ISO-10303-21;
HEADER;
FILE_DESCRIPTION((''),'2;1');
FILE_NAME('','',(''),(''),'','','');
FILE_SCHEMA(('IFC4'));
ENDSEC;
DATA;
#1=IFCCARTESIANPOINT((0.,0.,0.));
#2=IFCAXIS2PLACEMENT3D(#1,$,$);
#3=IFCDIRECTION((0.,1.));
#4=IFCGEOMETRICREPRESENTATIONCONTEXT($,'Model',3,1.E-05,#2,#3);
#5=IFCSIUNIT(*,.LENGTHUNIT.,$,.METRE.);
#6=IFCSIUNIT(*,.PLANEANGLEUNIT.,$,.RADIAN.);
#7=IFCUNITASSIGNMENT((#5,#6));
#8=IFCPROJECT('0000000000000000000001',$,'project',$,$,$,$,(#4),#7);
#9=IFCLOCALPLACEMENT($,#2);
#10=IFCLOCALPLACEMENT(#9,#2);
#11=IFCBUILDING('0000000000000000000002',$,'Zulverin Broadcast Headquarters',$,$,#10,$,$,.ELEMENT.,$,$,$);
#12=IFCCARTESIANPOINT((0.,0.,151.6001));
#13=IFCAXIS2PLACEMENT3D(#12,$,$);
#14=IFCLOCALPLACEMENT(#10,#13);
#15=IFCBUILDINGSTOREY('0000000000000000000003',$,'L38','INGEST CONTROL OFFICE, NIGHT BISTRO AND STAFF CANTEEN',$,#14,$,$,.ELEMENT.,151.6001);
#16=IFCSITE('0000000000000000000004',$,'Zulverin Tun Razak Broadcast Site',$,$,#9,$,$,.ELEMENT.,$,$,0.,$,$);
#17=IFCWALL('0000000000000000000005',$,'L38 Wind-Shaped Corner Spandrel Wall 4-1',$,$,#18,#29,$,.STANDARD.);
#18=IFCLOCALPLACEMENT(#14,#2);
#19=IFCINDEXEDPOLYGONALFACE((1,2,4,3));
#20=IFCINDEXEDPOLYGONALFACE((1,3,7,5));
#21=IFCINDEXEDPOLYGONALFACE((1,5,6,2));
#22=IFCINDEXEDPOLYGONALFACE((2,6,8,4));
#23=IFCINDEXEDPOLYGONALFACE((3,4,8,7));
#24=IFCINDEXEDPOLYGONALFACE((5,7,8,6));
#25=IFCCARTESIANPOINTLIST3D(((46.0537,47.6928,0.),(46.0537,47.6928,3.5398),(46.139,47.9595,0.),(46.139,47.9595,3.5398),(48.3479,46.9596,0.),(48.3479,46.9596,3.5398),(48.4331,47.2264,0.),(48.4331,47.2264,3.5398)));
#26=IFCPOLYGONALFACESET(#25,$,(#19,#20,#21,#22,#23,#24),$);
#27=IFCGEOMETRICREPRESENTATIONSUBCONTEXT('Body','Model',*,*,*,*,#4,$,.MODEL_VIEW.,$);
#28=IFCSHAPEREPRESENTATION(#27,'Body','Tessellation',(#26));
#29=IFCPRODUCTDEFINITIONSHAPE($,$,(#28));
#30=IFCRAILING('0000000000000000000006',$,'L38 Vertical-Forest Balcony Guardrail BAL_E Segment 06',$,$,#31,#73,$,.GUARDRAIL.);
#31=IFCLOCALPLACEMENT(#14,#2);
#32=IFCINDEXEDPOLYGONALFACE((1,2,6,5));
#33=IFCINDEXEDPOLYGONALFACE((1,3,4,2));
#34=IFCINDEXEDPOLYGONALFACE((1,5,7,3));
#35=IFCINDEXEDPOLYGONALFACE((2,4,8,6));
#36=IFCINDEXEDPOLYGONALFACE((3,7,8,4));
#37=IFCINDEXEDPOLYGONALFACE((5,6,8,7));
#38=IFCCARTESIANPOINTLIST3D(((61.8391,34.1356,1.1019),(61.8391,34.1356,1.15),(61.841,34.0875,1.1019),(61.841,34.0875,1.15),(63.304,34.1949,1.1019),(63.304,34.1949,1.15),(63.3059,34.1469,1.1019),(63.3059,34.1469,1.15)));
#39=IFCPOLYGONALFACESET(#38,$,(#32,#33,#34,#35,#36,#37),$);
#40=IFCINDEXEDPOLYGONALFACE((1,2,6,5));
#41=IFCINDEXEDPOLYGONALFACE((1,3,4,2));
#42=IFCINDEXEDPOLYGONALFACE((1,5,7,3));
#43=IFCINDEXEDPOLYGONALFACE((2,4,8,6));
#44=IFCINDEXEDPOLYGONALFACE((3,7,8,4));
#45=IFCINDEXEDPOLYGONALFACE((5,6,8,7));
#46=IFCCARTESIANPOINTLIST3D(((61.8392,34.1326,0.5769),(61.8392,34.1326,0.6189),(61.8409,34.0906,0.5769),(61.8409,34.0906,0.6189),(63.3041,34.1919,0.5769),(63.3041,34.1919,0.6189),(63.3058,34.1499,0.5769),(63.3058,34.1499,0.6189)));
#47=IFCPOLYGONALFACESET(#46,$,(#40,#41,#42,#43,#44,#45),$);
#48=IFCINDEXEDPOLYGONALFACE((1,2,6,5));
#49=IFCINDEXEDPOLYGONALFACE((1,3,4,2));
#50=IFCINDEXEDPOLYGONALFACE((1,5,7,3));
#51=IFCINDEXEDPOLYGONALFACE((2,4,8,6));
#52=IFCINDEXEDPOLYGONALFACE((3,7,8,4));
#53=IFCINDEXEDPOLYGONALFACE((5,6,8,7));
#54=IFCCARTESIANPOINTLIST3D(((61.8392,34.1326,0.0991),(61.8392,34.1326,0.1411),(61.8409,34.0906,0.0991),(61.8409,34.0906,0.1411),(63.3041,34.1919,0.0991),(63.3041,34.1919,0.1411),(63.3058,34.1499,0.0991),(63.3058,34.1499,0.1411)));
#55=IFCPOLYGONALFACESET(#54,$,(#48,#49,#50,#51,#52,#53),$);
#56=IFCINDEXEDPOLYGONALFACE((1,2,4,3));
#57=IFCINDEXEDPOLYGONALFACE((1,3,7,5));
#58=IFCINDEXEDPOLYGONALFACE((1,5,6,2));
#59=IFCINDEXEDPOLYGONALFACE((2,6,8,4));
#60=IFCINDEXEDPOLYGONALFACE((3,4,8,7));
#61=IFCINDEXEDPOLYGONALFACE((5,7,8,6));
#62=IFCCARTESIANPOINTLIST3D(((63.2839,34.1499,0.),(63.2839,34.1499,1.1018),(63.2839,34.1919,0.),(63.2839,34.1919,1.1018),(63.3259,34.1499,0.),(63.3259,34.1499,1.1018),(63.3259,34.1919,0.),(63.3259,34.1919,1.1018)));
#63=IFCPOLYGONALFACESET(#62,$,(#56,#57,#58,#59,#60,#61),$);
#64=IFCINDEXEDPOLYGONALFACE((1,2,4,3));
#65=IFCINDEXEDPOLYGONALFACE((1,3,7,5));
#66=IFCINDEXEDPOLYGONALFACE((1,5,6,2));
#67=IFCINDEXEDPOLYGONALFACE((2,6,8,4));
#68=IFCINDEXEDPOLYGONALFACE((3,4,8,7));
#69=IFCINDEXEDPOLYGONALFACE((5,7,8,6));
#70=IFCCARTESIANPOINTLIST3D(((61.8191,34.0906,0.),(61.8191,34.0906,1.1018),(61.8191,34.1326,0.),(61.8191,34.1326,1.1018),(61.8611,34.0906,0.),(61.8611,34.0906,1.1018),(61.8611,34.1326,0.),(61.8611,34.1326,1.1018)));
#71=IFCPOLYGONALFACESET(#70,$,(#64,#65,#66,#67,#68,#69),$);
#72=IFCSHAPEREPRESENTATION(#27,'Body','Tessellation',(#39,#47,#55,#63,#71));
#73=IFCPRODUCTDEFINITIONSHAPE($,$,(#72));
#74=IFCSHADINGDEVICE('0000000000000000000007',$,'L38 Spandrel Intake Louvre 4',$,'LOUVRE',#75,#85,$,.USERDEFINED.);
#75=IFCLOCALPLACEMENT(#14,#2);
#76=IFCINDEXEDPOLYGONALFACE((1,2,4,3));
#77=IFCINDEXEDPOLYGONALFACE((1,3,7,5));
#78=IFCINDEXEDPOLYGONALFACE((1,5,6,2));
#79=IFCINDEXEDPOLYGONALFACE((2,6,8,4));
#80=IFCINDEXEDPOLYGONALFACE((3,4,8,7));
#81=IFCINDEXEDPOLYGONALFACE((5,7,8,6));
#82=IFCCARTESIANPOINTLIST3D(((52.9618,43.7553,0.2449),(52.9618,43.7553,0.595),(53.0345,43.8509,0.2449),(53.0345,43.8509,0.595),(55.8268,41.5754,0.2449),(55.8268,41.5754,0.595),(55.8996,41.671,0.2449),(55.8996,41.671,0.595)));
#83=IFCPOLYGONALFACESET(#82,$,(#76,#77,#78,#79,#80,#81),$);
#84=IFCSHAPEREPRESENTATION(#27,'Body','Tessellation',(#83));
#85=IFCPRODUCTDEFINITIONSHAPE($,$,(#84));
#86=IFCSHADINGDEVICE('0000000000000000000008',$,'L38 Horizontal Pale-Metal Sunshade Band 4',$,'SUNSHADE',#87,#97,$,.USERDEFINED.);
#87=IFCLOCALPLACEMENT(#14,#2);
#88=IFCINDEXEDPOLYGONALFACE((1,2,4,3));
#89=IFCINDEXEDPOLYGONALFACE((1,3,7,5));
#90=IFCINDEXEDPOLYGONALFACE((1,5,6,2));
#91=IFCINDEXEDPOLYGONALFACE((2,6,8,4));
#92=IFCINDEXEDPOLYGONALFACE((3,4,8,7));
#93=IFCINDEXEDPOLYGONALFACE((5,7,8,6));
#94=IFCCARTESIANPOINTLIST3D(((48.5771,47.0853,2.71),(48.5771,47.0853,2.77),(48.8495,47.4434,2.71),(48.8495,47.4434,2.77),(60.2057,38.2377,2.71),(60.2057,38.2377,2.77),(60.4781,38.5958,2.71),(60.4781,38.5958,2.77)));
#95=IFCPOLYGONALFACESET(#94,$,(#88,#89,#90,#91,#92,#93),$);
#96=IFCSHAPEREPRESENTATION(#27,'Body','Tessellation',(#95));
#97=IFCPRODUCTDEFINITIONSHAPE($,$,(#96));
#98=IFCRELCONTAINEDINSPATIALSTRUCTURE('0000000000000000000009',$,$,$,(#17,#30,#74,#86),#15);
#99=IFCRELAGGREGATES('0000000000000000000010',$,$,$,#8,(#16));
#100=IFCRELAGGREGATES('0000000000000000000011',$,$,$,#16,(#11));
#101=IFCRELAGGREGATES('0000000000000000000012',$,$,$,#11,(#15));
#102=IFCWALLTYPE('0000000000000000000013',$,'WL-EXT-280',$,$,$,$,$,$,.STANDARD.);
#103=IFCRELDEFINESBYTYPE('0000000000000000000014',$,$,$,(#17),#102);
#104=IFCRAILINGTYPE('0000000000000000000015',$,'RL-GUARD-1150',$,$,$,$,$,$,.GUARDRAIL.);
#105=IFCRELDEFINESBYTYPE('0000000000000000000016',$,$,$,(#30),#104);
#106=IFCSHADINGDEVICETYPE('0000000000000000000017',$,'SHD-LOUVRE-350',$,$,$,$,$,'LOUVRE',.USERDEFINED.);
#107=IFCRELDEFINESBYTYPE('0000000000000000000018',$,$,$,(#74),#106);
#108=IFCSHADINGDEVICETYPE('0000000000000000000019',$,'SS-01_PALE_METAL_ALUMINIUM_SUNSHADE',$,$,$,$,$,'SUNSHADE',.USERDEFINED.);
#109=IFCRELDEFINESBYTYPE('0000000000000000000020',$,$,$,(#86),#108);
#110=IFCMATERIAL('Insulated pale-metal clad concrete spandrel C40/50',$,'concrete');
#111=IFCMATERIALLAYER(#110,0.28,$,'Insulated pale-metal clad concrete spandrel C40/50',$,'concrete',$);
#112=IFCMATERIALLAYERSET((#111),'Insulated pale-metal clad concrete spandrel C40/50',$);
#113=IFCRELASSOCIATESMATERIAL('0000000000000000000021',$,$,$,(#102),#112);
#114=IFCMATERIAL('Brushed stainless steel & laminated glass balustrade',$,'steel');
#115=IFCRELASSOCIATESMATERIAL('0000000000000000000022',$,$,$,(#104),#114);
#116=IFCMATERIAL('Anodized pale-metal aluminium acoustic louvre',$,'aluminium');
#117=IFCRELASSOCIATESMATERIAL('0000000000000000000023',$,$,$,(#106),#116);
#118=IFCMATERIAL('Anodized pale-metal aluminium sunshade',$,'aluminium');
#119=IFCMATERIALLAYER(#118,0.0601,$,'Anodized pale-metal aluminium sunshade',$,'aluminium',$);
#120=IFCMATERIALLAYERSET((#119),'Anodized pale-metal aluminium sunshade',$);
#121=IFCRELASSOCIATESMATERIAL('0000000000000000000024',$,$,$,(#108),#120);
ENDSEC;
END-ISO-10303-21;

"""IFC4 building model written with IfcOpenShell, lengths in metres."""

from ifc_helpers import new_model, si_unit, direction, frame, frame_2d, origin, origin_2d, place, context, subcontext, project, spatial, rectangle, extrude, material, layer, layer_set, type_object, element, save


model = new_model("IFC4")

# Units and contexts
model_context = context("Model", 3, precision=1e-05, world=origin(), true_north=direction((0.0, 1.0)))
body_context = subcontext(model_context, "Body", "Model", "MODEL_VIEW")
ifc_project = project(units=[si_unit("LENGTHUNIT", "METRE"), si_unit("PLANEANGLEUNIT", "RADIAN")], contexts=[model_context])

# Site, building, storey
site_placement = place(None, origin())
site = spatial("IfcSite", under=ifc_project, at=site_placement, Name="Zulverin Tun Razak Broadcast Site", CompositionType="ELEMENT", RefElevation=0.0)
building_placement = place(site_placement, origin())
building = spatial("IfcBuilding", under=site, at=building_placement, Name="Zulverin Broadcast Headquarters", CompositionType="ELEMENT")
storey_placement = place(building_placement, frame((0.0, 0.0, 151.6001)))
storey = spatial("IfcBuildingStorey", under=building, at=storey_placement, Name="L38", Description="INGEST CONTROL OFFICE, NIGHT BISTRO AND STAFF CANTEEN", CompositionType="ELEMENT", Elevation=151.6001)

# Shared definitions
ifc_material_1 = material(Name="Insulated pale-metal clad concrete spandrel C40/50", Category="concrete")
ifc_layer_1 = layer(ifc_material_1, 0.28, Name="Insulated pale-metal clad concrete spandrel C40/50", Category="concrete")
ifc_layer_set_1 = layer_set([ifc_layer_1], Name="Insulated pale-metal clad concrete spandrel C40/50")
wall_type = type_object("IfcWallType", Name="WL-EXT-280", PredefinedType="STANDARD", material=ifc_layer_set_1)

# Wall
wall_1_placement = place(storey_placement, frame((48.3904, 47.093, 0.0), z_axis=(0.0, 0.0, 1.0), x_axis=(-0.952543, 0.304404, 0.0)))
element("IfcWall", 1, at=wall_1_placement, inside=storey, type_object=wall_type, Name="L38 Wind-Shaped Corner Spandrel Wall 4-1", PredefinedType="STANDARD", context=body_context, shape_type="SweptSolid", body=[
    extrude(rectangle(XDim=2.4084, YDim=0.28, at=frame_2d((1.2041, 0.0))), origin(), (0.0, 0.0, 1.0), 3.5398),
])

# Railing
ifc_material_2 = material(Name="Brushed stainless steel & laminated glass balustrade", Category="steel")
railing_type = type_object("IfcRailingType", Name="RL-GUARD-1150", PredefinedType="GUARDRAIL", material=ifc_material_2)
railing_placement = place(storey_placement, frame((63.3049, 34.1709, 0.0)))
element("IfcRailing", 2, at=railing_placement, inside=storey, type_object=railing_type, Name="L38 Vertical-Forest Balcony Guardrail BAL_E Segment 06", PredefinedType="GUARDRAIL", context=body_context, shape_type="SweptSolid", body=[
    extrude(rectangle(XDim=0.0481, YDim=0.0481, at=origin_2d()), frame((0.0, 0.0, 1.126), z_axis=(-0.999181, -0.040467, 0.0), x_axis=(0.040467, -0.999181, 0.0)), (0.0, 0.0, 1.0), 1.4661),
    extrude(rectangle(XDim=0.042, YDim=0.042, at=origin_2d()), frame((0.0, 0.0, 0.5979), z_axis=(-0.999181, -0.040467, 0.0), x_axis=(0.040467, -0.999181, 0.0)), (0.0, 0.0, 1.0), 1.4661),
    extrude(rectangle(XDim=0.042, YDim=0.042, at=origin_2d()), frame((0.0, 0.0, 0.1201), z_axis=(-0.999181, -0.040467, 0.0), x_axis=(0.040467, -0.999181, 0.0)), (0.0, 0.0, 1.0), 1.4661),
    extrude(rectangle(XDim=0.042, YDim=0.042, at=origin_2d()), origin(), (0.0, 0.0, 1.0), 1.1018),
    extrude(rectangle(XDim=0.042, YDim=0.042, at=origin_2d()), frame((-1.4648, -0.0593, 0.0)), (0.0, 0.0, 1.0), 1.1018),
])

# Shading devices
ifc_material_3 = material(Name="Anodized pale-metal aluminium acoustic louvre", Category="aluminium")
shading_device_type_1 = type_object("IfcShadingDeviceType", Name="SHD-LOUVRE-350", ElementType="LOUVRE", PredefinedType="USERDEFINED", material=ifc_material_3)
shading_device_1_placement = place(storey_placement, frame((54.4307, 42.7131, 0.2449), z_axis=(0.0, 0.0, 1.0), x_axis=(-0.795836, 0.605512, 0.0)))
element("IfcShadingDevice", 3, at=shading_device_1_placement, inside=storey, type_object=shading_device_type_1, Name="L38 Spandrel Intake Louvre 4", ObjectType="LOUVRE", PredefinedType="USERDEFINED", context=body_context, shape_type="SweptSolid", body=[
    extrude(rectangle(XDim=3.6001, YDim=0.1201, at=origin_2d()), origin(), (0.0, 0.0, 1.0), 0.3501),
])
ifc_material_4 = material(Name="Anodized pale-metal aluminium sunshade", Category="aluminium")
ifc_layer_2 = layer(ifc_material_4, 0.0601, Name="Anodized pale-metal aluminium sunshade", Category="aluminium")
ifc_layer_set_2 = layer_set([ifc_layer_2], Name="Anodized pale-metal aluminium sunshade")
shading_device_type_2 = type_object("IfcShadingDeviceType", Name="SS-01_PALE_METAL_ALUMINIUM_SUNSHADE", ElementType="SUNSHADE", PredefinedType="USERDEFINED", material=ifc_layer_set_2)
shading_device_2_placement = place(storey_placement, frame((54.5276, 42.8406, 2.71), z_axis=(0.0, 0.0, 1.0), x_axis=(-0.795836, 0.605512, 0.0)))
element("IfcShadingDevice", 4, at=shading_device_2_placement, inside=storey, type_object=shading_device_type_2, Name="L38 Horizontal Pale-Metal Sunshade Band 4", ObjectType="SUNSHADE", PredefinedType="USERDEFINED", context=body_context, shape_type="SweptSolid", body=[
    extrude(rectangle(XDim=14.6118, YDim=0.45, at=origin_2d()), origin(), (0.0, 0.0, 1.0), 0.0601),
])

save(model, "model.ifc")
